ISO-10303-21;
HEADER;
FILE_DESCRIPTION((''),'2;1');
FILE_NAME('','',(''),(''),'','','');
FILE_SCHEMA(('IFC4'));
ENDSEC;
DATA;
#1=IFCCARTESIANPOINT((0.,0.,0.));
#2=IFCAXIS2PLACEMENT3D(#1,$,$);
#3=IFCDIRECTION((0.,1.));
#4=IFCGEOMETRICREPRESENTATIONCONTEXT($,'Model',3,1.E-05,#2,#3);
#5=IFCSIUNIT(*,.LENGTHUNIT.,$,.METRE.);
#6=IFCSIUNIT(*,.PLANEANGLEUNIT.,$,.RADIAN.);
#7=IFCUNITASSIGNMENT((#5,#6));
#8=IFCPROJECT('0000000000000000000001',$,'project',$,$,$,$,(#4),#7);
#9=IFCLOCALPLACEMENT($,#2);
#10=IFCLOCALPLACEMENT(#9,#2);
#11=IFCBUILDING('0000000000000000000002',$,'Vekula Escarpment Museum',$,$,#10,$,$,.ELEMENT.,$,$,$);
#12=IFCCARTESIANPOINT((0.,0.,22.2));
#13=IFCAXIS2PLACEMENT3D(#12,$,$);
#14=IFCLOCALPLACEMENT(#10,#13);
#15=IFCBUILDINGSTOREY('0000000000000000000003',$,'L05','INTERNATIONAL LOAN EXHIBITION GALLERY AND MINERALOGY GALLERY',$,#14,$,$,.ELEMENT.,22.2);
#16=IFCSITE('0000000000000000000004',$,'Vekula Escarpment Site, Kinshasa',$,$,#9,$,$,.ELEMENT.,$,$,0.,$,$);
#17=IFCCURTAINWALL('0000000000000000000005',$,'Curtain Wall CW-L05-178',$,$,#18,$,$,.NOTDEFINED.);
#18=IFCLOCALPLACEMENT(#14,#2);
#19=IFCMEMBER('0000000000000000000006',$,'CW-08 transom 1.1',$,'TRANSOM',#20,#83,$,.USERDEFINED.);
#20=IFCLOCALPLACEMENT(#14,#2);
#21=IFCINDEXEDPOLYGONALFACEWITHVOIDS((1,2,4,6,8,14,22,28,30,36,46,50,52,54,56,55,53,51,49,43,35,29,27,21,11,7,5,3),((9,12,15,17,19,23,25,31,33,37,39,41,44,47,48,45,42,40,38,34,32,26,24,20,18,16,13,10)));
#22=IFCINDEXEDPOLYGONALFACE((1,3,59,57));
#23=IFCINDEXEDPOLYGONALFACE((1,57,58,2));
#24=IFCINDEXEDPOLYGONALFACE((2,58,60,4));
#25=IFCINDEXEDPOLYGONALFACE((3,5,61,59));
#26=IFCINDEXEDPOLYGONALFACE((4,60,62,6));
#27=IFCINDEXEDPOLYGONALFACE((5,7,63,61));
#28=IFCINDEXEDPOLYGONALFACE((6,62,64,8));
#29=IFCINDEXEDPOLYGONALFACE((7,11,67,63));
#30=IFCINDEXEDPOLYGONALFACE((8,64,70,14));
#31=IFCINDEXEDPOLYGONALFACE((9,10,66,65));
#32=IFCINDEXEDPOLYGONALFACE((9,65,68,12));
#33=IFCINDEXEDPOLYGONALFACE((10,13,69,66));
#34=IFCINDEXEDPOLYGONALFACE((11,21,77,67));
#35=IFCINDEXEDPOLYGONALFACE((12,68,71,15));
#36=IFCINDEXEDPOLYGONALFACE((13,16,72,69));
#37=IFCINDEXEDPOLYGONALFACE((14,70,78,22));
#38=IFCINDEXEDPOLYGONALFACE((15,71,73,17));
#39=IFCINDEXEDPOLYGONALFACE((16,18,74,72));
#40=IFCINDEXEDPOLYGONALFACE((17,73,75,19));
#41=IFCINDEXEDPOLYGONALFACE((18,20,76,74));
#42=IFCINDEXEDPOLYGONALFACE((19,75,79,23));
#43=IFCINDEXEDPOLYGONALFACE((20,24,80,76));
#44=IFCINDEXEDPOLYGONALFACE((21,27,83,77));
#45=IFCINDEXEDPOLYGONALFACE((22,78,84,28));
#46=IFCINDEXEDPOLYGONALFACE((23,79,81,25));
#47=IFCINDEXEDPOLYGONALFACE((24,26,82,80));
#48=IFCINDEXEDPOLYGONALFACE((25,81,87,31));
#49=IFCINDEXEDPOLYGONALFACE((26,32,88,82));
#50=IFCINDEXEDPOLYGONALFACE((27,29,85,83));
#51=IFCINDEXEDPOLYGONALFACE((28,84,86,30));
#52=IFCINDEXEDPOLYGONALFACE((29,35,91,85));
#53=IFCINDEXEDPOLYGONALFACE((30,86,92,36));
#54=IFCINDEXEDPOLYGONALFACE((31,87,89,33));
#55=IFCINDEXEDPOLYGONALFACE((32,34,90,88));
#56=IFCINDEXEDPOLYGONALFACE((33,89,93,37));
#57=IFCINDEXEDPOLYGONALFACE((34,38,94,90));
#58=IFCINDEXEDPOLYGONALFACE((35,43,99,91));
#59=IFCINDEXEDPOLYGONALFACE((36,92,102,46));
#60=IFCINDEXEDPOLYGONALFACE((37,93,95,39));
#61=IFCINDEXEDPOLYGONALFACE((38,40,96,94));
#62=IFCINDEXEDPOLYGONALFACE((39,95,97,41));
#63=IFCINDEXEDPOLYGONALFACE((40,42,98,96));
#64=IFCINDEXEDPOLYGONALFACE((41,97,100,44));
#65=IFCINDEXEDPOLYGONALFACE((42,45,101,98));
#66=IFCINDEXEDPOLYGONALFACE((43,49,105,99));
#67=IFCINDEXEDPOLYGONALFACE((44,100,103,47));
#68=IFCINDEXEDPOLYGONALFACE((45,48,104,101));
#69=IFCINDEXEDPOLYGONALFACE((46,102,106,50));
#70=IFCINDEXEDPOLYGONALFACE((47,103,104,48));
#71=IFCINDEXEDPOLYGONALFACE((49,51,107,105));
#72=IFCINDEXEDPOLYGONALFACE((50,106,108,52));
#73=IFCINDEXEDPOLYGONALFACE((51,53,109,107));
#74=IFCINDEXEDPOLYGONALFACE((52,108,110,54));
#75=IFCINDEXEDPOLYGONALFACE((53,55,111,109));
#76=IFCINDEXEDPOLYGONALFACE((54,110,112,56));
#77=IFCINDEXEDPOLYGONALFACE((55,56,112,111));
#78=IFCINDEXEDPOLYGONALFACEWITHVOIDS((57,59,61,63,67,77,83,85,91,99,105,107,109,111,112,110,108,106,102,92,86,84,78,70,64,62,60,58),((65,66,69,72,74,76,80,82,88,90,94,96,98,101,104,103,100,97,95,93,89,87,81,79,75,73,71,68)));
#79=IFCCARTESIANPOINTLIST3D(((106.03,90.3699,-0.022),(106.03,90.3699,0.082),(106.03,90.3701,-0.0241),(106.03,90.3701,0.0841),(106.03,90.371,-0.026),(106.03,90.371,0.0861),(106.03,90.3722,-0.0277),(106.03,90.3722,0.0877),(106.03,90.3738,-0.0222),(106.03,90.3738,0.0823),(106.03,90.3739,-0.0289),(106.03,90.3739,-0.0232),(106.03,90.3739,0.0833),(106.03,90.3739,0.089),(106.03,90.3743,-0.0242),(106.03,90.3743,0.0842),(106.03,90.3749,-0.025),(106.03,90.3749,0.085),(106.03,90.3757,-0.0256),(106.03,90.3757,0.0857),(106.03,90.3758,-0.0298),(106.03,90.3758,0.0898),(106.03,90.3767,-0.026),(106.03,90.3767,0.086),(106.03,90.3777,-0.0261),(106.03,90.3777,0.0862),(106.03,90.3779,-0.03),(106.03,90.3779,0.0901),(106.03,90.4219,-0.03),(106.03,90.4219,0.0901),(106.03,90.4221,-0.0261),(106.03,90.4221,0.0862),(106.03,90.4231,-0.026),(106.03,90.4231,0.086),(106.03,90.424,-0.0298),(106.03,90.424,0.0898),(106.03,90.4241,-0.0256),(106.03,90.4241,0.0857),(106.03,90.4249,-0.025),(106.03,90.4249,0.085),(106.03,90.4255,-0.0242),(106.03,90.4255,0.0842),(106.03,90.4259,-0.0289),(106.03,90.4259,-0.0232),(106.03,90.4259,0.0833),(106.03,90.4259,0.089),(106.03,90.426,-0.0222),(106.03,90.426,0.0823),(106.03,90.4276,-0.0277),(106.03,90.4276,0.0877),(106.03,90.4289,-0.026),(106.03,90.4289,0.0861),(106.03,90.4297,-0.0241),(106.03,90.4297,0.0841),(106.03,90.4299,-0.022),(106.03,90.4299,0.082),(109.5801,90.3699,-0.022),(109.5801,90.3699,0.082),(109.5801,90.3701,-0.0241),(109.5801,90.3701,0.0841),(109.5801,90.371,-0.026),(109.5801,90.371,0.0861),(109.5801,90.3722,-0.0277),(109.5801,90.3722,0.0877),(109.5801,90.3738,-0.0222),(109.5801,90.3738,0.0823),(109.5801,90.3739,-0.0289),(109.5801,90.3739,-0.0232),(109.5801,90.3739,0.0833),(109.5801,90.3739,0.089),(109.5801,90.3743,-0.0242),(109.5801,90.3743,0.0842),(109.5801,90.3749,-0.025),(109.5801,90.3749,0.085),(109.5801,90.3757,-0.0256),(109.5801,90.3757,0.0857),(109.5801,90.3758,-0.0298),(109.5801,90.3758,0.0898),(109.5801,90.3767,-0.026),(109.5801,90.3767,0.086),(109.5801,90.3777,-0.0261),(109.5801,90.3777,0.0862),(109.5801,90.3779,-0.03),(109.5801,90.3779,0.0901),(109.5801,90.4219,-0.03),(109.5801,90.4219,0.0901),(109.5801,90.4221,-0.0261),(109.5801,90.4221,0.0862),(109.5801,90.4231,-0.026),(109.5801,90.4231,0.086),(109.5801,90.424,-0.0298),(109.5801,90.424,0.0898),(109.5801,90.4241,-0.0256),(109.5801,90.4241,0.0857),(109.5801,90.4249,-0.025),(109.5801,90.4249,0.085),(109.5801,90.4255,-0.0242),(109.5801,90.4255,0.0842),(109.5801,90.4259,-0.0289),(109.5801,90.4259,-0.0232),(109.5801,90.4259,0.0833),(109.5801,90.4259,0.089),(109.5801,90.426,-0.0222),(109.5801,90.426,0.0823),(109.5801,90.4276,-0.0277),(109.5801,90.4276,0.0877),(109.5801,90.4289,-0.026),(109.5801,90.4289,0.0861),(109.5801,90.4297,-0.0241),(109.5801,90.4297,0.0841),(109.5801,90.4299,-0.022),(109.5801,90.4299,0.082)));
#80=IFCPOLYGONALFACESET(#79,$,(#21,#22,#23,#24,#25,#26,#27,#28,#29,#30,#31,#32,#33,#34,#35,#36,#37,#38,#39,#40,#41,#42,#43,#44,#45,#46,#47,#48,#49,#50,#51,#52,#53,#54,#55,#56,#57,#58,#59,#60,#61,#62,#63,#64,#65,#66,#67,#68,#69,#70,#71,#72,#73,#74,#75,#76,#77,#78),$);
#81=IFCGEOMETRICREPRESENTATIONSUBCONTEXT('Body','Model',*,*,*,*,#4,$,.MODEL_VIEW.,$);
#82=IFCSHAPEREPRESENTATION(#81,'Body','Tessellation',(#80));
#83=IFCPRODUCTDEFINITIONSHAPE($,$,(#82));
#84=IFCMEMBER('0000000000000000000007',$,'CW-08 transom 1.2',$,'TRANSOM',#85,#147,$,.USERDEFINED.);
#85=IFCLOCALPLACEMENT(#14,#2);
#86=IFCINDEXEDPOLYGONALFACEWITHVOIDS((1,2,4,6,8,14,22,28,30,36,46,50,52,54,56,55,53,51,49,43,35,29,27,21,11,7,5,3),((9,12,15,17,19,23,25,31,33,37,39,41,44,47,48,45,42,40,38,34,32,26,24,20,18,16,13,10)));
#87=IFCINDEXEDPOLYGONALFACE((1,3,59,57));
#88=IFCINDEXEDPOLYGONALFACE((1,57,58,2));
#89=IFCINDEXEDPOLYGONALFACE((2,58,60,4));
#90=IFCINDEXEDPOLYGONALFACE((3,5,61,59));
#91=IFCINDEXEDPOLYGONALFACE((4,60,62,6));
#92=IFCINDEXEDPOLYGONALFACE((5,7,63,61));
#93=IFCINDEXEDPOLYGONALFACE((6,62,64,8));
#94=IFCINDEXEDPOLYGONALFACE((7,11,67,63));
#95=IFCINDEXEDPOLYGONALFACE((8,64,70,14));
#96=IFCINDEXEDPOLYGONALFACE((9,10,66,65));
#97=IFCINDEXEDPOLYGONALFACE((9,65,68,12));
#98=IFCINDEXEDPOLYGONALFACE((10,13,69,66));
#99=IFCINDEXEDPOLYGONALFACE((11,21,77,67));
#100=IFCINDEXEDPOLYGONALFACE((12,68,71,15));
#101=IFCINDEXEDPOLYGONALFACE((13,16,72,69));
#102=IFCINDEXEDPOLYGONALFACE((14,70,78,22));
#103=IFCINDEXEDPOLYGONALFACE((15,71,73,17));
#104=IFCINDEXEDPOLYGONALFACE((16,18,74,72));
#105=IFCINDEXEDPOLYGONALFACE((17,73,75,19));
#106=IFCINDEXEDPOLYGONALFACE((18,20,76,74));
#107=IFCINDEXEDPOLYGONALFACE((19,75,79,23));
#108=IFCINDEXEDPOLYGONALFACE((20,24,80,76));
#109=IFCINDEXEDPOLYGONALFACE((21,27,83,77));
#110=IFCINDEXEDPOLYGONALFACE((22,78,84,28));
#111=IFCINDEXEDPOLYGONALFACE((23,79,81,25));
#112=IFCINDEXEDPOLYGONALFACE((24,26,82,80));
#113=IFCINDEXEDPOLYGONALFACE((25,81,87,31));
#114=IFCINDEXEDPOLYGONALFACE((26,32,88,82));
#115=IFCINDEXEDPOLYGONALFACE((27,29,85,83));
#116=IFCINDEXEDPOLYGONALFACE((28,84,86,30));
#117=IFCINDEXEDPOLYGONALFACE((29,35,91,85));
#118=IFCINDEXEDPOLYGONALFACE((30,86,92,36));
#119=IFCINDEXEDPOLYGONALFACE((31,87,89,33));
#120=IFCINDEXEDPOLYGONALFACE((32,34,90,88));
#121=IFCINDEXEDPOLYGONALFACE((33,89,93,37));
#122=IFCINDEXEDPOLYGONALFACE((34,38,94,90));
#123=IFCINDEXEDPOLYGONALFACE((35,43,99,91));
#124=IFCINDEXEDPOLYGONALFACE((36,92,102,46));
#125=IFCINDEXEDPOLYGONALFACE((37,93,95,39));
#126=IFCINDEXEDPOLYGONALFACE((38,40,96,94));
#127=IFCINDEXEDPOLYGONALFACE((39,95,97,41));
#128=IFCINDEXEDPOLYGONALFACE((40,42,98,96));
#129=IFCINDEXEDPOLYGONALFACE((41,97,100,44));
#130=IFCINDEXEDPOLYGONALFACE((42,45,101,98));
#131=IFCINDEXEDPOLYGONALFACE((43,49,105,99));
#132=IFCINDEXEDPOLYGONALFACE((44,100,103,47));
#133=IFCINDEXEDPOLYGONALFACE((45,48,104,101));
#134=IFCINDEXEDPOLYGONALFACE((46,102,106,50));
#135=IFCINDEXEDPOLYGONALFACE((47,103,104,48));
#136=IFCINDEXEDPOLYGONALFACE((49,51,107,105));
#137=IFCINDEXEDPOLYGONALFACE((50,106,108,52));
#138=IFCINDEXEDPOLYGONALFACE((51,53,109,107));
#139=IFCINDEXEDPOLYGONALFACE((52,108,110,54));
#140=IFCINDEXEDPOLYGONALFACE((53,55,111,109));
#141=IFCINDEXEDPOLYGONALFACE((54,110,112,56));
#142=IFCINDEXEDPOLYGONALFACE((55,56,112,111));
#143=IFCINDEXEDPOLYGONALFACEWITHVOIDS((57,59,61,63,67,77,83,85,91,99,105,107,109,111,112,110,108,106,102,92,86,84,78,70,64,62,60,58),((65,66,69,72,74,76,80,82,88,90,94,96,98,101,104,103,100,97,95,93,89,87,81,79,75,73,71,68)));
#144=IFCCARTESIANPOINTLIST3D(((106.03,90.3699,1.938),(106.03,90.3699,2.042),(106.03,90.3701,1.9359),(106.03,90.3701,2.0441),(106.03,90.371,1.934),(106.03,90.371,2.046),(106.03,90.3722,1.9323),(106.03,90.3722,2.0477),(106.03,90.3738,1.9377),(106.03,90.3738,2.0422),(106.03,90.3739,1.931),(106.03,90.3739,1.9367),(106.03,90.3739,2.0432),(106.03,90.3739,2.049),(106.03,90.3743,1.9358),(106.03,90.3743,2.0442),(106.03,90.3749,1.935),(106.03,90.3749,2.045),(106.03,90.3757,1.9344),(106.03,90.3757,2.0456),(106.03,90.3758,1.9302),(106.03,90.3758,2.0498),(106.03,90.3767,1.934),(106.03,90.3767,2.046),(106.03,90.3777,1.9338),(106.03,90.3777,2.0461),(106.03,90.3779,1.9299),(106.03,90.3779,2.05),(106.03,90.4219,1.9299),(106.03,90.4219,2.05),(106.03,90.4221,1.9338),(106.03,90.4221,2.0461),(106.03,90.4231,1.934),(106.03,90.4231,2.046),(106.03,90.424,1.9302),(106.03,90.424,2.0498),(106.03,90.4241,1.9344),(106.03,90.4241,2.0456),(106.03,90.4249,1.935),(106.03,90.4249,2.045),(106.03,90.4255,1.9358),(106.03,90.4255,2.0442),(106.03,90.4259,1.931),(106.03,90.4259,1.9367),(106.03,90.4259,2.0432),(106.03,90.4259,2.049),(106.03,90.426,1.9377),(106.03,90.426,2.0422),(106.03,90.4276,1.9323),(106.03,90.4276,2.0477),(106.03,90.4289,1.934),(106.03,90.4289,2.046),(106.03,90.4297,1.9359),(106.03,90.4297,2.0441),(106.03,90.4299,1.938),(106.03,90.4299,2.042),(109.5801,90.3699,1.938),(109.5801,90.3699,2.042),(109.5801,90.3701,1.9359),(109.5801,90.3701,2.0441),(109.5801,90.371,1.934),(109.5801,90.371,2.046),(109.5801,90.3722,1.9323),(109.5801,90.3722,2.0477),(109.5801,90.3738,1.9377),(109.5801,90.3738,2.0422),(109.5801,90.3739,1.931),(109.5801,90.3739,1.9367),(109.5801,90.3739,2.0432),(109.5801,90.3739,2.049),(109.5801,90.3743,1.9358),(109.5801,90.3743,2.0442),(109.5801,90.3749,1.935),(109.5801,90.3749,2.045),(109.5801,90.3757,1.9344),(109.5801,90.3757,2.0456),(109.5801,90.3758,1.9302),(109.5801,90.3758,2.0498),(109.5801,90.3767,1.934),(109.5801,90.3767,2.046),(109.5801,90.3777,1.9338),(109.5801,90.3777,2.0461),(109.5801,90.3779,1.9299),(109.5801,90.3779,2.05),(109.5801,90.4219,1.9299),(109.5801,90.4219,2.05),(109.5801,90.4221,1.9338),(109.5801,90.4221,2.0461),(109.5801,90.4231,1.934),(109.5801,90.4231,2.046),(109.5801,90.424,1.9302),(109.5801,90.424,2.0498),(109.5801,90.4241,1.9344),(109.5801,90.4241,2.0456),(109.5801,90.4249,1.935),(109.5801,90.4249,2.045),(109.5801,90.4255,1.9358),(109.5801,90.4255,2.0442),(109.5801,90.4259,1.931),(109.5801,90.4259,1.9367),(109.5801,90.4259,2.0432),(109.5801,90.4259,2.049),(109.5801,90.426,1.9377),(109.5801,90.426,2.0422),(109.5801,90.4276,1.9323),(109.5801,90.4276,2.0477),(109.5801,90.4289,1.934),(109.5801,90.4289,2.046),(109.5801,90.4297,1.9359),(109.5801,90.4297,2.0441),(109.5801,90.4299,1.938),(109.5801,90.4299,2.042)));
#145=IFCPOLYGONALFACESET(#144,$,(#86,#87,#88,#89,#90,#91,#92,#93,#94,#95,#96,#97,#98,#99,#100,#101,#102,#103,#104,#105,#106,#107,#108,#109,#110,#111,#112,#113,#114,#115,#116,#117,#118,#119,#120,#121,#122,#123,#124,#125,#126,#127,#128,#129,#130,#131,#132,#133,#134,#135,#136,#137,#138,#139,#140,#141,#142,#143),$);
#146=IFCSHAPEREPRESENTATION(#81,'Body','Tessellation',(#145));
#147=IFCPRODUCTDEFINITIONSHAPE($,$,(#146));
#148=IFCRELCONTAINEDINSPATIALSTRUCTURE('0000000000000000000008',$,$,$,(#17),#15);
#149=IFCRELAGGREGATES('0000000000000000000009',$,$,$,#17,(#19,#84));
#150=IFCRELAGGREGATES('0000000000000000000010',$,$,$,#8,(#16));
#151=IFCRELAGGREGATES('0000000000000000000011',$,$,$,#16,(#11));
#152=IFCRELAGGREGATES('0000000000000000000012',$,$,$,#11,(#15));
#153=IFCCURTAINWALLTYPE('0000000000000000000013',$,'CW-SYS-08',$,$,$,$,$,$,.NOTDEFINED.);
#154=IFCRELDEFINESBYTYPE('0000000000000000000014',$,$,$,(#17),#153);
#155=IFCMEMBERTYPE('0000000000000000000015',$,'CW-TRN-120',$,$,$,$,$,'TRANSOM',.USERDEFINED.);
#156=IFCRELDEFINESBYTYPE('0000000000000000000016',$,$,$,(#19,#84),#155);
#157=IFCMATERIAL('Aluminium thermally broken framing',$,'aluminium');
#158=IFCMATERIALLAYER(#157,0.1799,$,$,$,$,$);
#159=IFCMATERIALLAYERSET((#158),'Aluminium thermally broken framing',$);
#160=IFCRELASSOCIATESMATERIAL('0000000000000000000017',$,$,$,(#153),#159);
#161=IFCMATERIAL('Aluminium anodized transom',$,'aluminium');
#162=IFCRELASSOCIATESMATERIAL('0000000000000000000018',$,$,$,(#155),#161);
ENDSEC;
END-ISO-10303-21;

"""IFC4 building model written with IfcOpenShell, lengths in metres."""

from ifc_helpers import new_model, si_unit, direction, frame, origin, origin_2d, place, context, subcontext, project, spatial, hollow_rectangle, extrude, material, layer, layer_set, material_profile, profile_set, type_object, element, aggregate, save


model = new_model("IFC4")

# Units and contexts
model_context = context("Model", 3, precision=1e-05, world=origin(), true_north=direction((0.0, 1.0)))
body_context = subcontext(model_context, "Body", "Model", "MODEL_VIEW")
ifc_project = project(units=[si_unit("LENGTHUNIT", "METRE"), si_unit("PLANEANGLEUNIT", "RADIAN")], contexts=[model_context])

# Site, building, storey
site_placement = place(None, origin())
site = spatial("IfcSite", under=ifc_project, at=site_placement, Name="Vekula Escarpment Site, Kinshasa", CompositionType="ELEMENT", RefElevation=0.0)
building_placement = place(site_placement, origin())
building = spatial("IfcBuilding", under=site, at=building_placement, Name="Vekula Escarpment Museum", CompositionType="ELEMENT")
storey_placement = place(building_placement, frame((0.0, 0.0, 22.2)))
storey = spatial("IfcBuildingStorey", under=building, at=storey_placement, Name="L05", Description="INTERNATIONAL LOAN EXHIBITION GALLERY AND MINERALOGY GALLERY", CompositionType="ELEMENT", Elevation=22.2)

# Curtain wall, members
ifc_material_1 = material(Name="Aluminium thermally broken framing", Category="aluminium")
ifc_layer_1 = layer(ifc_material_1, 0.1799)
ifc_layer_set_1 = layer_set([ifc_layer_1], Name="Aluminium thermally broken framing")
curtain_wall_type_1 = type_object("IfcCurtainWallType", Name="CW-SYS-08", PredefinedType="NOTDEFINED", material=ifc_layer_set_1)
curtain_wall_1_placement = place(storey_placement, origin())
curtain_wall_1 = element("IfcCurtainWall", 1, at=curtain_wall_1_placement, inside=storey, type_object=curtain_wall_type_1, Name="Curtain Wall CW-L05-178", PredefinedType="NOTDEFINED")
ifc_material_2 = material(Name="Aluminium anodized transom", Category="aluminium")
ifc_material_profile_1 = material_profile(ifc_material_2, hollow_rectangle(XDim=0.0601, YDim=0.1201, WallThickness=0.0039, InnerFilletRadius=0.0039, OuterFilletRadius=0.0081, at=origin_2d()), Name="ALU 120x60x4")
ifc_profile_set_1 = profile_set([ifc_material_profile_1], Name="Aluminium anodized transom")
member_type_1 = type_object("IfcMemberType", Name="CW-TRN-120", ElementType="TRANSOM", PredefinedType="USERDEFINED", material=ifc_profile_set_1)
member_1_placement = place(storey_placement, frame((109.5801, 90.3999, 0.03), z_axis=(-1.0, 0.0, 0.0), x_axis=(0.0, -1.0, 0.0)))
member_1 = element("IfcMember", 2, at=member_1_placement, type_object=member_type_1, Name="CW-08 transom 1.1", ObjectType="TRANSOM", PredefinedType="USERDEFINED", context=body_context, shape_type="SweptSolid", body=[
    extrude(hollow_rectangle(XDim=0.0601, YDim=0.1201, WallThickness=0.0039, InnerFilletRadius=0.0039, OuterFilletRadius=0.0081, at=origin_2d()), origin(), (0.0, 0.0, 1.0), 3.55),
])
member_2_placement = place(storey_placement, frame((109.5801, 90.3999, 1.99), z_axis=(-1.0, 0.0, 0.0), x_axis=(0.0, -1.0, 0.0)))
member_2 = element("IfcMember", 3, at=member_2_placement, type_object=member_type_1, Name="CW-08 transom 1.2", ObjectType="TRANSOM", PredefinedType="USERDEFINED", context=body_context, shape_type="SweptSolid", body=[
    extrude(hollow_rectangle(XDim=0.0601, YDim=0.1201, WallThickness=0.0039, InnerFilletRadius=0.0039, OuterFilletRadius=0.0081, at=origin_2d()), origin(), (0.0, 0.0, 1.0), 3.55),
])

aggregate(curtain_wall_1, [member_1, member_2])

save(model, "model.ifc")
